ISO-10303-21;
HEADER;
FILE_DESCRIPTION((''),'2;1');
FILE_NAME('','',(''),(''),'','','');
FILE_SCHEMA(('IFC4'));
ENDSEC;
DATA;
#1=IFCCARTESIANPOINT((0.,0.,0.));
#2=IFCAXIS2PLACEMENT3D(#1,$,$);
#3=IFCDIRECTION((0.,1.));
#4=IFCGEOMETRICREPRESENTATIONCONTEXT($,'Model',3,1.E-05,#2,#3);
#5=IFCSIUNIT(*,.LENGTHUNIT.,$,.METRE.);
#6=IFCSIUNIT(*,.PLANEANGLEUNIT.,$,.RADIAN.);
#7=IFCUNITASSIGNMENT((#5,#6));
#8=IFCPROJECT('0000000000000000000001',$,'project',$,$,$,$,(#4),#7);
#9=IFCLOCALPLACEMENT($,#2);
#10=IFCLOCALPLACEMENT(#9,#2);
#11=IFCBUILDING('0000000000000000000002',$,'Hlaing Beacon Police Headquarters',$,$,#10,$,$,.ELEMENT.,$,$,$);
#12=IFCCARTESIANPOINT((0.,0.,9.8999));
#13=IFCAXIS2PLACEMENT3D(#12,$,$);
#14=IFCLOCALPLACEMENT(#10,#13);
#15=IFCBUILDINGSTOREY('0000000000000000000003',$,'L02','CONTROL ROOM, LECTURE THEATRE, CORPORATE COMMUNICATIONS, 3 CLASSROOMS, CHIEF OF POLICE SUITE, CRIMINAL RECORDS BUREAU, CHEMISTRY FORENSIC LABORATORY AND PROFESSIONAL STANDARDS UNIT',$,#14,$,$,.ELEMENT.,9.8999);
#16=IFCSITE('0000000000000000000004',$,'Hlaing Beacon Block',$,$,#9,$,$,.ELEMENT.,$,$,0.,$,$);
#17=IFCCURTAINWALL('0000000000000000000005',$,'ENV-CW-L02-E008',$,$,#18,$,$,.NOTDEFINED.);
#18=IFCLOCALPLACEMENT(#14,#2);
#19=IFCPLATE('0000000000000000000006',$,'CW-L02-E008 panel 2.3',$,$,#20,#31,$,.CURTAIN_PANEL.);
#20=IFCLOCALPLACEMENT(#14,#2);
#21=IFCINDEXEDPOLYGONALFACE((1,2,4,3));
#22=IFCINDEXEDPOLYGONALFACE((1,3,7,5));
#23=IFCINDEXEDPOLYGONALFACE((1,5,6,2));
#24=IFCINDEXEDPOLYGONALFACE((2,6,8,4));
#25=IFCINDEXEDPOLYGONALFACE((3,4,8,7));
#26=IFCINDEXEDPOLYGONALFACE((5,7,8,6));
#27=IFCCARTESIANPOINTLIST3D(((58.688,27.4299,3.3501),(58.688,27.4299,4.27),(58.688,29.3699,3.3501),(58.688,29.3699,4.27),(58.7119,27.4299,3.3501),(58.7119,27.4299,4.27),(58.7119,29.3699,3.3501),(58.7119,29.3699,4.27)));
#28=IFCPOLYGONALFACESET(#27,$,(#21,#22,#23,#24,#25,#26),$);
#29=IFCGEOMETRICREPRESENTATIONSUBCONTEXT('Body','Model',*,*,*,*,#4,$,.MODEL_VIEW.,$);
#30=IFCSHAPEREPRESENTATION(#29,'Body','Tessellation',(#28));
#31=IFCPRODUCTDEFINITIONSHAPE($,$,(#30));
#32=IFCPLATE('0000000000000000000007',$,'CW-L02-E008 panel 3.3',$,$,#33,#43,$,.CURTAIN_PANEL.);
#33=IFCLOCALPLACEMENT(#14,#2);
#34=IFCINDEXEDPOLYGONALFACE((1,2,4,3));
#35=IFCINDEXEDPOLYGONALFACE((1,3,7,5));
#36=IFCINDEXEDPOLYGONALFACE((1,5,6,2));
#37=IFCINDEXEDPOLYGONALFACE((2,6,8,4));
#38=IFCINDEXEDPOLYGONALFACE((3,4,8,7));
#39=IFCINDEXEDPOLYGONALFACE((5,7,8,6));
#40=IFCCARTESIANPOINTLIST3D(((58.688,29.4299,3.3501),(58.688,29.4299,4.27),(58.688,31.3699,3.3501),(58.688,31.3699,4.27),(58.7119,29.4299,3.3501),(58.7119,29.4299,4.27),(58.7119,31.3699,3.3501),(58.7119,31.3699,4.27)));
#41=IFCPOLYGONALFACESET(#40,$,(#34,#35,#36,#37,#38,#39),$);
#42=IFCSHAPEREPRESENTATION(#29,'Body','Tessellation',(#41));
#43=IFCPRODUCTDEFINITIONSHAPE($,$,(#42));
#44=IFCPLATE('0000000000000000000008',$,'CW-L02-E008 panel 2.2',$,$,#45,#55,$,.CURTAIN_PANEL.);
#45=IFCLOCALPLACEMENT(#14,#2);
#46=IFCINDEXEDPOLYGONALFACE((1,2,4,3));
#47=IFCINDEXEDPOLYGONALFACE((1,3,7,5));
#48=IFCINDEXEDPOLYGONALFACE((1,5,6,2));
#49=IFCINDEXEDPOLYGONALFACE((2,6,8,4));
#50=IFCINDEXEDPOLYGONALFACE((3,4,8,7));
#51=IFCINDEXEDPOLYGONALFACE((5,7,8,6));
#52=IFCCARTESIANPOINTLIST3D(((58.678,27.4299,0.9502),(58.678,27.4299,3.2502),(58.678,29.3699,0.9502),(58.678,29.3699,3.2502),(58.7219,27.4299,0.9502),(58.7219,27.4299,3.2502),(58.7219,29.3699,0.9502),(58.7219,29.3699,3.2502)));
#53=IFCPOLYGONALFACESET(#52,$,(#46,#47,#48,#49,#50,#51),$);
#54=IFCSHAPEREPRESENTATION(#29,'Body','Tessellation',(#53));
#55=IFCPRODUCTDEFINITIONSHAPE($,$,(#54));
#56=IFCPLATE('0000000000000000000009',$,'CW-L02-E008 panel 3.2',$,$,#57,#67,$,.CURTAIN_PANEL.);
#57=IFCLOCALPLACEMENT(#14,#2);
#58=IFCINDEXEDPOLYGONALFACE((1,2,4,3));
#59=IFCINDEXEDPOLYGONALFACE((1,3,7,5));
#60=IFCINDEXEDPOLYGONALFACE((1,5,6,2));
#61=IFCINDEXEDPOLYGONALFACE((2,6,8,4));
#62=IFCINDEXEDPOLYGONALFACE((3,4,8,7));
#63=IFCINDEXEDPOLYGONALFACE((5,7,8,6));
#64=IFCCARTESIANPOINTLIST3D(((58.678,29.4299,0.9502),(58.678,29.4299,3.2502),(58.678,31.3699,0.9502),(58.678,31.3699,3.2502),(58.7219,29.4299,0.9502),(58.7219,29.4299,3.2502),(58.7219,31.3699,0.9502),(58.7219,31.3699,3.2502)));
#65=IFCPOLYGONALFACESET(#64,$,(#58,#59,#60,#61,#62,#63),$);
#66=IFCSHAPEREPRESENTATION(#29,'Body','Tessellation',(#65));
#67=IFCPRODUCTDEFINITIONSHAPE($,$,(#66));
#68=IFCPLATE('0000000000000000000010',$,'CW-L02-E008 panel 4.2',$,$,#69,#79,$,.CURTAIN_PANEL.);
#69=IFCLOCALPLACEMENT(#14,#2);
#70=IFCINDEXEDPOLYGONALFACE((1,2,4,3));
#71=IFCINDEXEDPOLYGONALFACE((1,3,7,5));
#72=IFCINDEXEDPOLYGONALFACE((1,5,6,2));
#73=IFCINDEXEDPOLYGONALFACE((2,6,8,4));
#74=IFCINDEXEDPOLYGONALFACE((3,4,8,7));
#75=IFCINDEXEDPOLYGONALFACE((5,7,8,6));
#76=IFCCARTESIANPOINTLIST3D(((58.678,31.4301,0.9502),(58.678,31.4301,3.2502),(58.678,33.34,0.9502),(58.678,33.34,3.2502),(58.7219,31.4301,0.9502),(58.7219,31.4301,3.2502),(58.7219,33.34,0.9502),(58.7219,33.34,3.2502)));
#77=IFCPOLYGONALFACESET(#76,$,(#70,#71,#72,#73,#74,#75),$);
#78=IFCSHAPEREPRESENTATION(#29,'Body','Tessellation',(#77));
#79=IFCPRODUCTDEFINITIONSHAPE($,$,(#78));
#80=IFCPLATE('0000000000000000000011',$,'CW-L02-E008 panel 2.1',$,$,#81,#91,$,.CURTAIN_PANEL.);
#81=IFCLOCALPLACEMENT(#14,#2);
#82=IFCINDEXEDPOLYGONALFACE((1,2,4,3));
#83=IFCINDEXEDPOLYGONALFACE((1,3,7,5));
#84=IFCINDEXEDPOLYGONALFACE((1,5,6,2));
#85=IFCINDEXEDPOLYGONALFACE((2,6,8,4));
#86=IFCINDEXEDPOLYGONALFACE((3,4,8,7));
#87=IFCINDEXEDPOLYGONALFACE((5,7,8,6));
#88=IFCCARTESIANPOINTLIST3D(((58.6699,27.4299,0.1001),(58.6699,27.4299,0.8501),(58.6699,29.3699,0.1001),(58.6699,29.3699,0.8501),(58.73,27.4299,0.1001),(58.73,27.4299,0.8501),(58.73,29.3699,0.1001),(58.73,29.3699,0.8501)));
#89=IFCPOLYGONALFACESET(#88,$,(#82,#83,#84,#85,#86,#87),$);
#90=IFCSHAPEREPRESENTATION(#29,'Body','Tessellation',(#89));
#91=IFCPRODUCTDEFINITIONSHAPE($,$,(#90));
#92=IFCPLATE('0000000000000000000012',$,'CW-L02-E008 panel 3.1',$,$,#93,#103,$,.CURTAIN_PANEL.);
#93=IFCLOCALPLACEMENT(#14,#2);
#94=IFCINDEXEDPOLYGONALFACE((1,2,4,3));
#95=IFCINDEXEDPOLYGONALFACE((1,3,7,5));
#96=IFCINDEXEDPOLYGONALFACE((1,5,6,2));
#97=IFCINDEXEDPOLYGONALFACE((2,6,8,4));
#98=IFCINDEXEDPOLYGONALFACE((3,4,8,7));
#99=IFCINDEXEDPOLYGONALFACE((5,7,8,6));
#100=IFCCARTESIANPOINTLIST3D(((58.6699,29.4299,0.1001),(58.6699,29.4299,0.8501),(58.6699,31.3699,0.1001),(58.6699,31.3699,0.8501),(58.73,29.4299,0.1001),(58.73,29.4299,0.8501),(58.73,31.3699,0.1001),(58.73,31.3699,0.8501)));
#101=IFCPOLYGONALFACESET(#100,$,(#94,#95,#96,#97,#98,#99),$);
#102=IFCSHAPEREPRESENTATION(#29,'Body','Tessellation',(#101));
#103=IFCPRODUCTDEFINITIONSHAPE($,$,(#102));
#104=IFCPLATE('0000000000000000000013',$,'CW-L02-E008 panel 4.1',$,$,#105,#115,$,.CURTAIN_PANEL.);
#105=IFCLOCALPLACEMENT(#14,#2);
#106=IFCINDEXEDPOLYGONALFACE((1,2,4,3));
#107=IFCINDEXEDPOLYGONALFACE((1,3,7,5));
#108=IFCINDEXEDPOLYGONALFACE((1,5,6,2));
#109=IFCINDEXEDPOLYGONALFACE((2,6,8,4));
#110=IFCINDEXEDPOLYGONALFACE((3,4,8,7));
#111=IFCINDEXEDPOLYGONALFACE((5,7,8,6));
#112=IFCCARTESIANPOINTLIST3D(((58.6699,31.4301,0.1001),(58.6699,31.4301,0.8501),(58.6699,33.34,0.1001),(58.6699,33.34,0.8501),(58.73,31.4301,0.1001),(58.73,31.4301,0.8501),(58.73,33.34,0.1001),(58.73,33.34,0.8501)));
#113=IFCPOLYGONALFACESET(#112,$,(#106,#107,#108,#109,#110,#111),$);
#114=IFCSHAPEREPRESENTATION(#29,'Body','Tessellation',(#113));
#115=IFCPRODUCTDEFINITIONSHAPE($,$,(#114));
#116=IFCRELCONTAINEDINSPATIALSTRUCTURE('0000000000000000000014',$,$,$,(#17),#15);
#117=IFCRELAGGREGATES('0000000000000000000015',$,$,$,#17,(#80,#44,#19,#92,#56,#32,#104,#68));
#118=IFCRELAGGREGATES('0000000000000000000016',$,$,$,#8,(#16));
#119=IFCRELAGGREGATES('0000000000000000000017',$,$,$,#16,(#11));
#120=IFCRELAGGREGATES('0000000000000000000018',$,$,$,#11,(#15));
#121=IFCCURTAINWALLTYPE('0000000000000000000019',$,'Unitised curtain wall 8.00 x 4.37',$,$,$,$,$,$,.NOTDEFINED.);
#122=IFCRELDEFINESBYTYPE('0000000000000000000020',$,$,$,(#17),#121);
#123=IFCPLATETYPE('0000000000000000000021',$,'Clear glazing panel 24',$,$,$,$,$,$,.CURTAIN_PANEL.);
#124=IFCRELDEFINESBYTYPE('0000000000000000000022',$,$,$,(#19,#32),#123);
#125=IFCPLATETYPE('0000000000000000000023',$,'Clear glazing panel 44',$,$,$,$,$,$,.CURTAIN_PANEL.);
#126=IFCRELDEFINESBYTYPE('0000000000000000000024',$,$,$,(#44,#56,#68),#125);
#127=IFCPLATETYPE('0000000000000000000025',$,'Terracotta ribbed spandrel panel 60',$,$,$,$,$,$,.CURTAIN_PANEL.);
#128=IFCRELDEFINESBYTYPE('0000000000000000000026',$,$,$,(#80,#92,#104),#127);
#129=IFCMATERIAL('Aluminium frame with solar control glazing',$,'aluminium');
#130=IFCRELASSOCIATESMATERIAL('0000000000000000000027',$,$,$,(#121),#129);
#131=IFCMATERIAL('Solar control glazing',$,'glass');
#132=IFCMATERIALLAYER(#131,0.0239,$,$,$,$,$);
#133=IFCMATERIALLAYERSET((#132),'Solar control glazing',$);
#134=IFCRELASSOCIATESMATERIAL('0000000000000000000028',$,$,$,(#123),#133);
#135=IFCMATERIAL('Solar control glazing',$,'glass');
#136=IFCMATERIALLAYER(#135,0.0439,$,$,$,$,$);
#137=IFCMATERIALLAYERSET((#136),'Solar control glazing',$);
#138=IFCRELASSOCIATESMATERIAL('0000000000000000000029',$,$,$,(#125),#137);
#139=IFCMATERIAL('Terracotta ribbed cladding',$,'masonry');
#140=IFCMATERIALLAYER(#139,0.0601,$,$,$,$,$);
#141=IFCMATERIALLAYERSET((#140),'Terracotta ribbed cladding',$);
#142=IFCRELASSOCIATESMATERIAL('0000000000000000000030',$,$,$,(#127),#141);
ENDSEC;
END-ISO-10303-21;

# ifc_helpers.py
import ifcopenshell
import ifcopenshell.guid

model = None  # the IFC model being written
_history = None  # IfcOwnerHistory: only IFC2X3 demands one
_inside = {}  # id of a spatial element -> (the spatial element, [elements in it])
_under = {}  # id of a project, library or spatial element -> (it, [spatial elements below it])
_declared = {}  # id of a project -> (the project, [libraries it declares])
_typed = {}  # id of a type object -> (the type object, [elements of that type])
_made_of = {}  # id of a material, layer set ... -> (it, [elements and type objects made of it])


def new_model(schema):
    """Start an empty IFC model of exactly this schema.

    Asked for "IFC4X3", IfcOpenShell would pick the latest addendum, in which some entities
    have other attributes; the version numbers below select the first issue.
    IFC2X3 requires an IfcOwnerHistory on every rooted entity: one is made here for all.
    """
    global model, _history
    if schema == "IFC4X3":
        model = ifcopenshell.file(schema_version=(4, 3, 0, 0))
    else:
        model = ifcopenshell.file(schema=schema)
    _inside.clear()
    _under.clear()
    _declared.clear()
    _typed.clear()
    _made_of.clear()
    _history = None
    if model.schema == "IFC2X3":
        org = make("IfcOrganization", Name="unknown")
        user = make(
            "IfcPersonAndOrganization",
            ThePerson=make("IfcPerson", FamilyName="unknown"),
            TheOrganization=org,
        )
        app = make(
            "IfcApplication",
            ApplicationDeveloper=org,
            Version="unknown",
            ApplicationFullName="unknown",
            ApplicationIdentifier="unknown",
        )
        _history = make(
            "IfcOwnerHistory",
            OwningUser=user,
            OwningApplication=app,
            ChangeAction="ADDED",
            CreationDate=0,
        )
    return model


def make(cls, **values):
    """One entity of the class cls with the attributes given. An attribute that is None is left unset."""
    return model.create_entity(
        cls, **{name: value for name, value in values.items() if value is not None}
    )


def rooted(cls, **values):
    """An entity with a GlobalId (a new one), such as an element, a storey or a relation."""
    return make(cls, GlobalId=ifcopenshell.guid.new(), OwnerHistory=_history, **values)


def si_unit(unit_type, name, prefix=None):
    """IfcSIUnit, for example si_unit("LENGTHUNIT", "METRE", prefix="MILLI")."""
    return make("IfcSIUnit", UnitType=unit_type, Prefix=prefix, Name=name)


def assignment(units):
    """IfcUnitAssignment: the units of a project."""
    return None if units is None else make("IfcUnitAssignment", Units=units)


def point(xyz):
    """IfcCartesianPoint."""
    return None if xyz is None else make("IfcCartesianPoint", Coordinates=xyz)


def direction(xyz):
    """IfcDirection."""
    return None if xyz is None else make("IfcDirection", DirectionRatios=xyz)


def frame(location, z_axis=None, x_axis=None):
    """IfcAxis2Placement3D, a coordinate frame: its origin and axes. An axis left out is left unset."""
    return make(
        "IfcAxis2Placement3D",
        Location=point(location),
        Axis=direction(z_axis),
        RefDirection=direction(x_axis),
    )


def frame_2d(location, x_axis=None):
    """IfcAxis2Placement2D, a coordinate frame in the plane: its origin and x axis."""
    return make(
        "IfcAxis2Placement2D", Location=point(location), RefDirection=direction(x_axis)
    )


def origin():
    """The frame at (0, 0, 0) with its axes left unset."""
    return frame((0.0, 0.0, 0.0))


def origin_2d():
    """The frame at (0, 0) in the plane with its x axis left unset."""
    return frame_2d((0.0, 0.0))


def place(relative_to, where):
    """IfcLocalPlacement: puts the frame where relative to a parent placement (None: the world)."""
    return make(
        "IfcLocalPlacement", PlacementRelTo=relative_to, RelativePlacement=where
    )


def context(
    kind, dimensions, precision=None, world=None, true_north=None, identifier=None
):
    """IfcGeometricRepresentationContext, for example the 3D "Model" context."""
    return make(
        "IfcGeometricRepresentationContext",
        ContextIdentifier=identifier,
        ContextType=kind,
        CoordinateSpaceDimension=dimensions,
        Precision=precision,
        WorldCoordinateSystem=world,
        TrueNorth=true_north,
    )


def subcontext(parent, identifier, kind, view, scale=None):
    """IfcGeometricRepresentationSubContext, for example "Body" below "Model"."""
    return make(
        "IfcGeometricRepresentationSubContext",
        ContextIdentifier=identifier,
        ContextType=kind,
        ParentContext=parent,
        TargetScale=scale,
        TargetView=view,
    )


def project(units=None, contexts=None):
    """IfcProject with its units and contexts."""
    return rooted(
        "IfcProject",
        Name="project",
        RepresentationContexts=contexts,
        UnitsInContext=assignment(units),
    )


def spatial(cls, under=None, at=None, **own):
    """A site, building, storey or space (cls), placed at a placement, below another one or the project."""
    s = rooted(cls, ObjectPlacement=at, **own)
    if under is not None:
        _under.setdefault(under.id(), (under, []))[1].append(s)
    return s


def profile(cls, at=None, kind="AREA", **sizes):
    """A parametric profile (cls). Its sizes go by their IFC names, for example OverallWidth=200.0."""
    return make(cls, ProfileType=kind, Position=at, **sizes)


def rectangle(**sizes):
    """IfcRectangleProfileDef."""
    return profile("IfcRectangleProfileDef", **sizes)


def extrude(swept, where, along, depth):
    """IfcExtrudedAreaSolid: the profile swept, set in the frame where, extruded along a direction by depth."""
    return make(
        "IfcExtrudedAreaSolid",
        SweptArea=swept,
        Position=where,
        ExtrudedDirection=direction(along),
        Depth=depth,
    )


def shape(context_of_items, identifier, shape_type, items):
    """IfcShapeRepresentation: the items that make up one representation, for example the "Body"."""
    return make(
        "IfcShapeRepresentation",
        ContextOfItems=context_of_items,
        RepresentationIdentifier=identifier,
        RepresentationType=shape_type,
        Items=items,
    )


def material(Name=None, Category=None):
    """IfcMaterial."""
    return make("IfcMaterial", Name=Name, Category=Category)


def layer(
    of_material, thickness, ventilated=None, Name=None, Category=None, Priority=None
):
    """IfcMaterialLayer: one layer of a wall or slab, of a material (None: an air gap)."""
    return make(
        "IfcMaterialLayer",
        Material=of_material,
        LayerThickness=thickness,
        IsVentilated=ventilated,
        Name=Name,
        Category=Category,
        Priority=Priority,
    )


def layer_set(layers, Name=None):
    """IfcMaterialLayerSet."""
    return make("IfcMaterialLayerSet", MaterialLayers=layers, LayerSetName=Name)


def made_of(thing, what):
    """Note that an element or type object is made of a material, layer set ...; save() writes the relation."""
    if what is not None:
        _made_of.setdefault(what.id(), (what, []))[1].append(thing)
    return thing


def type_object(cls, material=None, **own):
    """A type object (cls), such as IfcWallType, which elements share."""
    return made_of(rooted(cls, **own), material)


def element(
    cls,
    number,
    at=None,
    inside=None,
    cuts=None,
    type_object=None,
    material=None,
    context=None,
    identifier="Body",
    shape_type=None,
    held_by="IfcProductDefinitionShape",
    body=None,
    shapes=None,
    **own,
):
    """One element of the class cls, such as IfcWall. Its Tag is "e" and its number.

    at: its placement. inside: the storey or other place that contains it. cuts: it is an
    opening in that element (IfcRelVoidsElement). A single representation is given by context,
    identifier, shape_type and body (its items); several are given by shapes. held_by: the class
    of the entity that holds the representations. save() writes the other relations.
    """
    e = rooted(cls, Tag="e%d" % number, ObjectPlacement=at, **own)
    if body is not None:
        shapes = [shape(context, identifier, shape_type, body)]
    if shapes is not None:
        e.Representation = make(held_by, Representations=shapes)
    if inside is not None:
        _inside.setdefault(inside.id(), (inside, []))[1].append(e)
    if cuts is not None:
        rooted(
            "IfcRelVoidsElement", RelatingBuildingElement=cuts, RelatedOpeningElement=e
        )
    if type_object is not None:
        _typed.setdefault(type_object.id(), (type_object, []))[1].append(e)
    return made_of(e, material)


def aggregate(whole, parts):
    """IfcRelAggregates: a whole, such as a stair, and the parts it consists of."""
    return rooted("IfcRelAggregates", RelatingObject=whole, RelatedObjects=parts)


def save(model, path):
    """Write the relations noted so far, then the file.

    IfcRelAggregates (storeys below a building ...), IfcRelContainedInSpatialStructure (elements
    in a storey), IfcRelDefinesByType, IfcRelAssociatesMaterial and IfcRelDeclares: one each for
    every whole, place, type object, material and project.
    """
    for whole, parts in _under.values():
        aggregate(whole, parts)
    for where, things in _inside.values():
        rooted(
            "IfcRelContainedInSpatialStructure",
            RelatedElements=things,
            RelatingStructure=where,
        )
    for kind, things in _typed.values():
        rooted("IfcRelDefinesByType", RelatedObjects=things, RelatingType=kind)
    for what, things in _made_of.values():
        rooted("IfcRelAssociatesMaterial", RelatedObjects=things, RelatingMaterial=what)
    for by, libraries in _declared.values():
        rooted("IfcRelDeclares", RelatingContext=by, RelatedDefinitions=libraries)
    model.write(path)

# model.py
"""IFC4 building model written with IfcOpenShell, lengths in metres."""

from ifc_helpers import new_model, si_unit, direction, frame, origin, origin_2d, place, context, subcontext, project, spatial, rectangle, extrude, material, layer, layer_set, type_object, element, aggregate, save


model = new_model("IFC4")

# Units and contexts
model_context = context("Model", 3, precision=1e-05, world=origin(), true_north=direction((0.0, 1.0)))
body_context = subcontext(model_context, "Body", "Model", "MODEL_VIEW")
ifc_project = project(units=[si_unit("LENGTHUNIT", "METRE"), si_unit("PLANEANGLEUNIT", "RADIAN")], contexts=[model_context])

# Site, building, storey
site_placement = place(None, origin())
site = spatial("IfcSite", under=ifc_project, at=site_placement, Name="Hlaing Beacon Block", CompositionType="ELEMENT", RefElevation=0.0)
building_placement = place(site_placement, origin())
building = spatial("IfcBuilding", under=site, at=building_placement, Name="Hlaing Beacon Police Headquarters", CompositionType="ELEMENT")
storey_placement = place(building_placement, frame((0.0, 0.0, 9.8999)))
storey = spatial("IfcBuildingStorey", under=building, at=storey_placement, Name="L02", Description="CONTROL ROOM, LECTURE THEATRE, CORPORATE COMMUNICATIONS, 3 CLASSROOMS, CHIEF OF POLICE SUITE, CRIMINAL RECORDS BUREAU, CHEMISTRY FORENSIC LABORATORY AND PROFESSIONAL STANDARDS UNIT", CompositionType="ELEMENT", Elevation=9.8999)

# Curtain wall, plates
ifc_material_1 = material(Name="Aluminium frame with solar control glazing", Category="aluminium")
curtain_wall_type = type_object("IfcCurtainWallType", Name="Unitised curtain wall 8.00 x 4.37", PredefinedType="NOTDEFINED", material=ifc_material_1)
curtain_wall_placement = place(storey_placement, origin())
curtain_wall = element("IfcCurtainWall", 1, at=curtain_wall_placement, inside=storey, type_object=curtain_wall_type, Name="ENV-CW-L02-E008", PredefinedType="NOTDEFINED")
ifc_material_2 = material(Name="Solar control glazing", Category="glass")
ifc_layer_1 = layer(ifc_material_2, 0.0239)
ifc_layer_set_1 = layer_set([ifc_layer_1], Name="Solar control glazing")
plate_type_1 = type_object("IfcPlateType", Name="Clear glazing panel 24", PredefinedType="CURTAIN_PANEL", material=ifc_layer_set_1)
plate_1_placement = place(storey_placement, frame((58.7, 28.3999, 3.3501), z_axis=(0.0, 0.0, 1.0), x_axis=(0.0, 1.0, 0.0)))
plate_1 = element("IfcPlate", 2, at=plate_1_placement, type_object=plate_type_1, Name="CW-L02-E008 panel 2.3", PredefinedType="CURTAIN_PANEL", context=body_context, shape_type="SweptSolid", body=[
    extrude(rectangle(XDim=1.9399, YDim=0.0239, at=origin_2d()), origin(), (0.0, 0.0, 1.0), 0.9199),
])
plate_2_placement = place(storey_placement, frame((58.7, 30.3999, 3.3501), z_axis=(0.0, 0.0, 1.0), x_axis=(0.0, 1.0, 0.0)))
plate_2 = element("IfcPlate", 3, at=plate_2_placement, type_object=plate_type_1, Name="CW-L02-E008 panel 3.3", PredefinedType="CURTAIN_PANEL", context=body_context, shape_type="SweptSolid", body=[
    extrude(rectangle(XDim=1.9399, YDim=0.0239, at=origin_2d()), origin(), (0.0, 0.0, 1.0), 0.9199),
])
ifc_material_3 = material(Name="Solar control glazing", Category="glass")
ifc_layer_2 = layer(ifc_material_3, 0.0439)
ifc_layer_set_2 = layer_set([ifc_layer_2], Name="Solar control glazing")
plate_type_2 = type_object("IfcPlateType", Name="Clear glazing panel 44", PredefinedType="CURTAIN_PANEL", material=ifc_layer_set_2)
plate_3_placement = place(storey_placement, frame((58.7, 28.3999, 0.9502), z_axis=(0.0, 0.0, 1.0), x_axis=(0.0, 1.0, 0.0)))
plate_3 = element("IfcPlate", 4, at=plate_3_placement, type_object=plate_type_2, Name="CW-L02-E008 panel 2.2", PredefinedType="CURTAIN_PANEL", context=body_context, shape_type="SweptSolid", body=[
    extrude(rectangle(XDim=1.9399, YDim=0.0439, at=origin_2d()), origin(), (0.0, 0.0, 1.0), 2.3),
])
plate_4_placement = place(storey_placement, frame((58.7, 30.3999, 0.9502), z_axis=(0.0, 0.0, 1.0), x_axis=(0.0, 1.0, 0.0)))
plate_4 = element("IfcPlate", 5, at=plate_4_placement, type_object=plate_type_2, Name="CW-L02-E008 panel 3.2", PredefinedType="CURTAIN_PANEL", context=body_context, shape_type="SweptSolid", body=[
    extrude(rectangle(XDim=1.9399, YDim=0.0439, at=origin_2d()), origin(), (0.0, 0.0, 1.0), 2.3),
])
plate_5_placement = place(storey_placement, frame((58.7, 32.385, 0.9502), z_axis=(0.0, 0.0, 1.0), x_axis=(0.0, 1.0, 0.0)))
plate_5 = element("IfcPlate", 6, at=plate_5_placement, type_object=plate_type_2, Name="CW-L02-E008 panel 4.2", PredefinedType="CURTAIN_PANEL", context=body_context, shape_type="SweptSolid", body=[
    extrude(rectangle(XDim=1.9099, YDim=0.0439, at=origin_2d()), origin(), (0.0, 0.0, 1.0), 2.3),
])
ifc_material_4 = material(Name="Terracotta ribbed cladding", Category="masonry")
ifc_layer_3 = layer(ifc_material_4, 0.0601)
ifc_layer_set_3 = layer_set([ifc_layer_3], Name="Terracotta ribbed cladding")
plate_type_3 = type_object("IfcPlateType", Name="Terracotta ribbed spandrel panel 60", PredefinedType="CURTAIN_PANEL", material=ifc_layer_set_3)
plate_6_placement = place(storey_placement, frame((58.7, 28.3999, 0.1001), z_axis=(0.0, 0.0, 1.0), x_axis=(0.0, 1.0, 0.0)))
plate_6 = element("IfcPlate", 7, at=plate_6_placement, type_object=plate_type_3, Name="CW-L02-E008 panel 2.1", PredefinedType="CURTAIN_PANEL", context=body_context, shape_type="SweptSolid", body=[
    extrude(rectangle(XDim=1.9399, YDim=0.0601, at=origin_2d()), origin(), (0.0, 0.0, 1.0), 0.75),
])
plate_7_placement = place(storey_placement, frame((58.7, 30.3999, 0.1001), z_axis=(0.0, 0.0, 1.0), x_axis=(0.0, 1.0, 0.0)))
plate_7 = element("IfcPlate", 8, at=plate_7_placement, type_object=plate_type_3, Name="CW-L02-E008 panel 3.1", PredefinedType="CURTAIN_PANEL", context=body_context, shape_type="SweptSolid", body=[
    extrude(rectangle(XDim=1.9399, YDim=0.0601, at=origin_2d()), origin(), (0.0, 0.0, 1.0), 0.75),
])
plate_8_placement = place(storey_placement, frame((58.7, 32.385, 0.1001), z_axis=(0.0, 0.0, 1.0), x_axis=(0.0, 1.0, 0.0)))
plate_8 = element("IfcPlate", 9, at=plate_8_placement, type_object=plate_type_3, Name="CW-L02-E008 panel 4.1", PredefinedType="CURTAIN_PANEL", context=body_context, shape_type="SweptSolid", body=[
    extrude(rectangle(XDim=1.9099, YDim=0.0601, at=origin_2d()), origin(), (0.0, 0.0, 1.0), 0.75),
])
aggregate(curtain_wall, [plate_6, plate_3, plate_1, plate_7, plate_4, plate_2, plate_8, plate_5])

save(model, "model.ifc")
